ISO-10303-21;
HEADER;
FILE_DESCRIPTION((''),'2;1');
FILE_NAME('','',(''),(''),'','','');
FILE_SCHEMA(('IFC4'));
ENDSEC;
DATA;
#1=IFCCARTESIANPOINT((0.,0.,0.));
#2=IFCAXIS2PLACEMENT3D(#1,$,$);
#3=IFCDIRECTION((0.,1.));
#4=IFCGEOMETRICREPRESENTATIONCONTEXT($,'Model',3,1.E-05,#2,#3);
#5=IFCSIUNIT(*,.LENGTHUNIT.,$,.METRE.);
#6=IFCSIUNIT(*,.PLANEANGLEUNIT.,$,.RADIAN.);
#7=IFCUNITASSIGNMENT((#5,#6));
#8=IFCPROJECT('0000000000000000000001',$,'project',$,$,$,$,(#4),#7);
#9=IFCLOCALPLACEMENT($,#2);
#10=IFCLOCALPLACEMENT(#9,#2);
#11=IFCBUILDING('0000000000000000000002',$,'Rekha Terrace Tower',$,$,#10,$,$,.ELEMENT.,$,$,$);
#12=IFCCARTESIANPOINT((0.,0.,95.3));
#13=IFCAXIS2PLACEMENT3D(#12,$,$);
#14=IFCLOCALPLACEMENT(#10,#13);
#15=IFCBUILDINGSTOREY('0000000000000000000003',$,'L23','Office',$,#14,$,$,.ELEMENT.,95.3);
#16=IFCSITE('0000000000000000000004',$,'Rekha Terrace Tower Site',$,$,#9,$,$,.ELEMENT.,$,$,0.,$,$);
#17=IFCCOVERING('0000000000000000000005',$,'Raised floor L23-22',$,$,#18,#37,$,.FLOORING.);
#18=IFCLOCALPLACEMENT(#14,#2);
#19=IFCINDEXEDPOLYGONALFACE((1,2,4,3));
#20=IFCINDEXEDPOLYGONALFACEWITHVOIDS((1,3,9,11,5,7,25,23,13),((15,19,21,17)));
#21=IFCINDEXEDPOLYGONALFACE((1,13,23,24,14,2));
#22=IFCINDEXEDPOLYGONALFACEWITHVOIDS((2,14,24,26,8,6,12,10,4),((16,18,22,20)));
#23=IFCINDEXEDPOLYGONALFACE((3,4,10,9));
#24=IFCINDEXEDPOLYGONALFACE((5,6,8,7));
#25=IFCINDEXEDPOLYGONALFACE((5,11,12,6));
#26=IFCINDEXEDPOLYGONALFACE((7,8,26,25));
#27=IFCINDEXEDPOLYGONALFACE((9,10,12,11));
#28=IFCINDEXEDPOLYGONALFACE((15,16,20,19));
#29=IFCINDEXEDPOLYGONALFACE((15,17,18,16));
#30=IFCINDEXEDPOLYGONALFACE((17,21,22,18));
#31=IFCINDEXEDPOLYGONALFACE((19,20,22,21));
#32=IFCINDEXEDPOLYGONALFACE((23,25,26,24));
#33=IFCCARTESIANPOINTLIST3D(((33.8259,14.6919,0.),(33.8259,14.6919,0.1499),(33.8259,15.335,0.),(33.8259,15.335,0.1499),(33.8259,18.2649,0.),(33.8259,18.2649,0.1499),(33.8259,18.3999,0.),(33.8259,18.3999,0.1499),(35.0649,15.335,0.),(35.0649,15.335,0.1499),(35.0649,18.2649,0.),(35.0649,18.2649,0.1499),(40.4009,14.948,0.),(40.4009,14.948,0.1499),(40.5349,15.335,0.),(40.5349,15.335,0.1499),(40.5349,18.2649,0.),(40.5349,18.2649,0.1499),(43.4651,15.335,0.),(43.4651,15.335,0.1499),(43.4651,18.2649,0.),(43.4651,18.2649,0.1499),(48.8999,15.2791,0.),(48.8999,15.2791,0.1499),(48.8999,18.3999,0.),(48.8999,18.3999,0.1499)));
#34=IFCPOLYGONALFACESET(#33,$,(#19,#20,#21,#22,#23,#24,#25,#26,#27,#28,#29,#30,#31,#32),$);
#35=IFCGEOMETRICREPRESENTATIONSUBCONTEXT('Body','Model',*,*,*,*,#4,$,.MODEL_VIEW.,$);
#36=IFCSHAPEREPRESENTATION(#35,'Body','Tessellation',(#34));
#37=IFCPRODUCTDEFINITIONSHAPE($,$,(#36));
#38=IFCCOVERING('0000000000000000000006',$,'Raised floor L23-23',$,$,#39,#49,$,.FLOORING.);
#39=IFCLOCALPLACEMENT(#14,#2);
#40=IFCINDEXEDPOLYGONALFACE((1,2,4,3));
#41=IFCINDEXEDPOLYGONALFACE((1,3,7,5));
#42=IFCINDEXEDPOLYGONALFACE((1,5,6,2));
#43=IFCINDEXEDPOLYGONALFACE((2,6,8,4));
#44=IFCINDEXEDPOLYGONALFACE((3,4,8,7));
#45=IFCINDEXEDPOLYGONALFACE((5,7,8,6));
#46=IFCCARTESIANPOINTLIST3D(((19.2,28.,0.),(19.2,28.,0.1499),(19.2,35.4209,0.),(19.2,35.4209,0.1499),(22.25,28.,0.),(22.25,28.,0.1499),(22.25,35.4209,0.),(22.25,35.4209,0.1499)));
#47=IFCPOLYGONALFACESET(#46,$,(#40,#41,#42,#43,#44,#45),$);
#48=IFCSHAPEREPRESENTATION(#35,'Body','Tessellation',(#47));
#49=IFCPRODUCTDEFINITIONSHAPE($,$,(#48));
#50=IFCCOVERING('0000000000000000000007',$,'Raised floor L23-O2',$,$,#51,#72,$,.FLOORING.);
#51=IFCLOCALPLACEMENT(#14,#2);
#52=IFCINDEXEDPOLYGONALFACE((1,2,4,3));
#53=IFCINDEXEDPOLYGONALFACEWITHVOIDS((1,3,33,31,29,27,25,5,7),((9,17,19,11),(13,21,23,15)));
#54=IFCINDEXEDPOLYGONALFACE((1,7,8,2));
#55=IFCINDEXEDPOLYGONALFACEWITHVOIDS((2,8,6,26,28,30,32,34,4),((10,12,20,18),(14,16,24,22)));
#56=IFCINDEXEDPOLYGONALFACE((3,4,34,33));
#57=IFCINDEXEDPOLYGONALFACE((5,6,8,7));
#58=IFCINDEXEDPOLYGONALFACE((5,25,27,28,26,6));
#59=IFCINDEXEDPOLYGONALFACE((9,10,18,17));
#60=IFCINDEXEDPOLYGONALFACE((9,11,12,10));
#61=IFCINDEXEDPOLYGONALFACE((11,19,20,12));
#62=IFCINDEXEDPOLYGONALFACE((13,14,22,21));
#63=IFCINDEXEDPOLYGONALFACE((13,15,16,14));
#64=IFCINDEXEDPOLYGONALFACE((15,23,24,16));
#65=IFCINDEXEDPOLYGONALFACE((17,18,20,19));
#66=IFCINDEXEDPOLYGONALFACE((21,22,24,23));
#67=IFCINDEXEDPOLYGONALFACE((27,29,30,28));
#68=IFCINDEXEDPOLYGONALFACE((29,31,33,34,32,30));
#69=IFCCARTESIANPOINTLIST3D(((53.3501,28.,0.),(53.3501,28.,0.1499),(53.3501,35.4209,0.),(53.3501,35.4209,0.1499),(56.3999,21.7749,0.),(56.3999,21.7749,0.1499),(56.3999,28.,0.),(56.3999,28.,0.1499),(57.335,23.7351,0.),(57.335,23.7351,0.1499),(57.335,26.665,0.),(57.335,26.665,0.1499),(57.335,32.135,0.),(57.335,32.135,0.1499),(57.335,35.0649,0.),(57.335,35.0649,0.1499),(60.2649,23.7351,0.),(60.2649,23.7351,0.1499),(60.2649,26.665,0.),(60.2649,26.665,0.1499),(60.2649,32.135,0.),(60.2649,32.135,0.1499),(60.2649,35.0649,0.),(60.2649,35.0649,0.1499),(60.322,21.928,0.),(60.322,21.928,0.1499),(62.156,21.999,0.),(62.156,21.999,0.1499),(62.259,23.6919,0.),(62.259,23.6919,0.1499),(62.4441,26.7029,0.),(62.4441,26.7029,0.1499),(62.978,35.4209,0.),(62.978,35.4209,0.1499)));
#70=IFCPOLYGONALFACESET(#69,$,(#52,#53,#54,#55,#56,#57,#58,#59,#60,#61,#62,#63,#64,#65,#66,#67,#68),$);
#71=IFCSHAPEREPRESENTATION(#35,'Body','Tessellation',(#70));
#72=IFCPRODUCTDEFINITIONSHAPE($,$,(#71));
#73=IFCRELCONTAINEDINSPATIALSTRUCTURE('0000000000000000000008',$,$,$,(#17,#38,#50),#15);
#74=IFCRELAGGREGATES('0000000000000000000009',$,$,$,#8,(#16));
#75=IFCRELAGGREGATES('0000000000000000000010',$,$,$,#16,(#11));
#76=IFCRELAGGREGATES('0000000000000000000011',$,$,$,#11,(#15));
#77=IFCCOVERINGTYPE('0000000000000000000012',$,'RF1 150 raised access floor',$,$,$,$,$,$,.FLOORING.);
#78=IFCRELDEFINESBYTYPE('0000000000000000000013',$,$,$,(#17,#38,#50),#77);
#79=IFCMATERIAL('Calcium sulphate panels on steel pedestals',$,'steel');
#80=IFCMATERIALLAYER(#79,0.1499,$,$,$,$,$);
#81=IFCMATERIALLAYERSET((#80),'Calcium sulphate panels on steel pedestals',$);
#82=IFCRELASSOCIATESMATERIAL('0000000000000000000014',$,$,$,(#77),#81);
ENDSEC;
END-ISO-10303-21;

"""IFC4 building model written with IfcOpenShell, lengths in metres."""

from ifc_helpers import new_model, si_unit, direction, frame, origin, place, context, subcontext, project, spatial, polyline, outline, extrude, material, layer, layer_set, type_object, element, save


model = new_model("IFC4")

# Units and contexts
model_context = context("Model", 3, precision=1e-05, world=origin(), true_north=direction((0.0, 1.0)))
body_context = subcontext(model_context, "Body", "Model", "MODEL_VIEW")
ifc_project = project(units=[si_unit("LENGTHUNIT", "METRE"), si_unit("PLANEANGLEUNIT", "RADIAN")], contexts=[model_context])

# Site, building, storey
site_placement = place(None, origin())
site = spatial("IfcSite", under=ifc_project, at=site_placement, Name="Rekha Terrace Tower Site", CompositionType="ELEMENT", RefElevation=0.0)
building_placement = place(site_placement, origin())
building = spatial("IfcBuilding", under=site, at=building_placement, Name="Rekha Terrace Tower", CompositionType="ELEMENT")
storey_placement = place(building_placement, frame((0.0, 0.0, 95.3)))
storey = spatial("IfcBuildingStorey", under=building, at=storey_placement, Name="L23", Description="Office", CompositionType="ELEMENT", Elevation=95.3)

# Coverings
ifc_material_1 = material(Name="Calcium sulphate panels on steel pedestals", Category="steel")
ifc_layer_1 = layer(ifc_material_1, 0.1499)
ifc_layer_set_1 = layer_set([ifc_layer_1], Name="Calcium sulphate panels on steel pedestals")
covering_type_1 = type_object("IfcCoveringType", Name="RF1 150 raised access floor", PredefinedType="FLOORING", material=ifc_layer_set_1)
covering_1_placement = place(storey_placement, origin())
element("IfcCovering", 1, at=covering_1_placement, inside=storey, type_object=covering_type_1, Name="Raised floor L23-22", PredefinedType="FLOORING", context=body_context, shape_type="SweptSolid", body=[
    extrude(outline(polyline([(35.0649, 15.335), (33.8259, 15.335), (33.8259, 14.6919), (40.4009, 14.948), (48.8999, 15.2791), (48.8999, 18.3999), (33.8259, 18.3999), (33.8259, 18.2649), (35.0649, 18.2649), (35.0649, 15.335)]), holes=[polyline([(43.4651, 18.2649), (43.4651, 15.335), (40.5349, 15.335), (40.5349, 18.2649), (43.4651, 18.2649)])]), origin(), (0.0, 0.0, 1.0), 0.1499),
])
covering_2_placement = place(storey_placement, origin())
element("IfcCovering", 2, at=covering_2_placement, inside=storey, type_object=covering_type_1, Name="Raised floor L23-23", PredefinedType="FLOORING", context=body_context, shape_type="SweptSolid", body=[
    extrude(outline(polyline([(19.2, 35.4209), (19.2, 28.0), (22.25, 28.0), (22.25, 35.4209), (19.2, 35.4209)])), origin(), (0.0, 0.0, 1.0), 0.1499),
])
covering_3_placement = place(storey_placement, origin())
element("IfcCovering", 3, at=covering_3_placement, inside=storey, type_object=covering_type_1, Name="Raised floor L23-O2", PredefinedType="FLOORING", context=body_context, shape_type="SweptSolid", body=[
    extrude(outline(polyline([(56.3999, 28.0), (56.3999, 21.7749), (60.322, 21.928), (62.156, 21.999), (62.259, 23.6919), (62.4441, 26.7029), (62.978, 35.4209), (53.3501, 35.4209), (53.3501, 28.0), (56.3999, 28.0)]), holes=[polyline([(60.2649, 26.665), (60.2649, 23.7351), (57.335, 23.7351), (57.335, 26.665), (60.2649, 26.665)]), polyline([(60.2649, 32.135), (57.335, 32.135), (57.335, 35.0649), (60.2649, 35.0649), (60.2649, 32.135)])]), origin(), (0.0, 0.0, 1.0), 0.1499),
])

save(model, "model.ifc")
